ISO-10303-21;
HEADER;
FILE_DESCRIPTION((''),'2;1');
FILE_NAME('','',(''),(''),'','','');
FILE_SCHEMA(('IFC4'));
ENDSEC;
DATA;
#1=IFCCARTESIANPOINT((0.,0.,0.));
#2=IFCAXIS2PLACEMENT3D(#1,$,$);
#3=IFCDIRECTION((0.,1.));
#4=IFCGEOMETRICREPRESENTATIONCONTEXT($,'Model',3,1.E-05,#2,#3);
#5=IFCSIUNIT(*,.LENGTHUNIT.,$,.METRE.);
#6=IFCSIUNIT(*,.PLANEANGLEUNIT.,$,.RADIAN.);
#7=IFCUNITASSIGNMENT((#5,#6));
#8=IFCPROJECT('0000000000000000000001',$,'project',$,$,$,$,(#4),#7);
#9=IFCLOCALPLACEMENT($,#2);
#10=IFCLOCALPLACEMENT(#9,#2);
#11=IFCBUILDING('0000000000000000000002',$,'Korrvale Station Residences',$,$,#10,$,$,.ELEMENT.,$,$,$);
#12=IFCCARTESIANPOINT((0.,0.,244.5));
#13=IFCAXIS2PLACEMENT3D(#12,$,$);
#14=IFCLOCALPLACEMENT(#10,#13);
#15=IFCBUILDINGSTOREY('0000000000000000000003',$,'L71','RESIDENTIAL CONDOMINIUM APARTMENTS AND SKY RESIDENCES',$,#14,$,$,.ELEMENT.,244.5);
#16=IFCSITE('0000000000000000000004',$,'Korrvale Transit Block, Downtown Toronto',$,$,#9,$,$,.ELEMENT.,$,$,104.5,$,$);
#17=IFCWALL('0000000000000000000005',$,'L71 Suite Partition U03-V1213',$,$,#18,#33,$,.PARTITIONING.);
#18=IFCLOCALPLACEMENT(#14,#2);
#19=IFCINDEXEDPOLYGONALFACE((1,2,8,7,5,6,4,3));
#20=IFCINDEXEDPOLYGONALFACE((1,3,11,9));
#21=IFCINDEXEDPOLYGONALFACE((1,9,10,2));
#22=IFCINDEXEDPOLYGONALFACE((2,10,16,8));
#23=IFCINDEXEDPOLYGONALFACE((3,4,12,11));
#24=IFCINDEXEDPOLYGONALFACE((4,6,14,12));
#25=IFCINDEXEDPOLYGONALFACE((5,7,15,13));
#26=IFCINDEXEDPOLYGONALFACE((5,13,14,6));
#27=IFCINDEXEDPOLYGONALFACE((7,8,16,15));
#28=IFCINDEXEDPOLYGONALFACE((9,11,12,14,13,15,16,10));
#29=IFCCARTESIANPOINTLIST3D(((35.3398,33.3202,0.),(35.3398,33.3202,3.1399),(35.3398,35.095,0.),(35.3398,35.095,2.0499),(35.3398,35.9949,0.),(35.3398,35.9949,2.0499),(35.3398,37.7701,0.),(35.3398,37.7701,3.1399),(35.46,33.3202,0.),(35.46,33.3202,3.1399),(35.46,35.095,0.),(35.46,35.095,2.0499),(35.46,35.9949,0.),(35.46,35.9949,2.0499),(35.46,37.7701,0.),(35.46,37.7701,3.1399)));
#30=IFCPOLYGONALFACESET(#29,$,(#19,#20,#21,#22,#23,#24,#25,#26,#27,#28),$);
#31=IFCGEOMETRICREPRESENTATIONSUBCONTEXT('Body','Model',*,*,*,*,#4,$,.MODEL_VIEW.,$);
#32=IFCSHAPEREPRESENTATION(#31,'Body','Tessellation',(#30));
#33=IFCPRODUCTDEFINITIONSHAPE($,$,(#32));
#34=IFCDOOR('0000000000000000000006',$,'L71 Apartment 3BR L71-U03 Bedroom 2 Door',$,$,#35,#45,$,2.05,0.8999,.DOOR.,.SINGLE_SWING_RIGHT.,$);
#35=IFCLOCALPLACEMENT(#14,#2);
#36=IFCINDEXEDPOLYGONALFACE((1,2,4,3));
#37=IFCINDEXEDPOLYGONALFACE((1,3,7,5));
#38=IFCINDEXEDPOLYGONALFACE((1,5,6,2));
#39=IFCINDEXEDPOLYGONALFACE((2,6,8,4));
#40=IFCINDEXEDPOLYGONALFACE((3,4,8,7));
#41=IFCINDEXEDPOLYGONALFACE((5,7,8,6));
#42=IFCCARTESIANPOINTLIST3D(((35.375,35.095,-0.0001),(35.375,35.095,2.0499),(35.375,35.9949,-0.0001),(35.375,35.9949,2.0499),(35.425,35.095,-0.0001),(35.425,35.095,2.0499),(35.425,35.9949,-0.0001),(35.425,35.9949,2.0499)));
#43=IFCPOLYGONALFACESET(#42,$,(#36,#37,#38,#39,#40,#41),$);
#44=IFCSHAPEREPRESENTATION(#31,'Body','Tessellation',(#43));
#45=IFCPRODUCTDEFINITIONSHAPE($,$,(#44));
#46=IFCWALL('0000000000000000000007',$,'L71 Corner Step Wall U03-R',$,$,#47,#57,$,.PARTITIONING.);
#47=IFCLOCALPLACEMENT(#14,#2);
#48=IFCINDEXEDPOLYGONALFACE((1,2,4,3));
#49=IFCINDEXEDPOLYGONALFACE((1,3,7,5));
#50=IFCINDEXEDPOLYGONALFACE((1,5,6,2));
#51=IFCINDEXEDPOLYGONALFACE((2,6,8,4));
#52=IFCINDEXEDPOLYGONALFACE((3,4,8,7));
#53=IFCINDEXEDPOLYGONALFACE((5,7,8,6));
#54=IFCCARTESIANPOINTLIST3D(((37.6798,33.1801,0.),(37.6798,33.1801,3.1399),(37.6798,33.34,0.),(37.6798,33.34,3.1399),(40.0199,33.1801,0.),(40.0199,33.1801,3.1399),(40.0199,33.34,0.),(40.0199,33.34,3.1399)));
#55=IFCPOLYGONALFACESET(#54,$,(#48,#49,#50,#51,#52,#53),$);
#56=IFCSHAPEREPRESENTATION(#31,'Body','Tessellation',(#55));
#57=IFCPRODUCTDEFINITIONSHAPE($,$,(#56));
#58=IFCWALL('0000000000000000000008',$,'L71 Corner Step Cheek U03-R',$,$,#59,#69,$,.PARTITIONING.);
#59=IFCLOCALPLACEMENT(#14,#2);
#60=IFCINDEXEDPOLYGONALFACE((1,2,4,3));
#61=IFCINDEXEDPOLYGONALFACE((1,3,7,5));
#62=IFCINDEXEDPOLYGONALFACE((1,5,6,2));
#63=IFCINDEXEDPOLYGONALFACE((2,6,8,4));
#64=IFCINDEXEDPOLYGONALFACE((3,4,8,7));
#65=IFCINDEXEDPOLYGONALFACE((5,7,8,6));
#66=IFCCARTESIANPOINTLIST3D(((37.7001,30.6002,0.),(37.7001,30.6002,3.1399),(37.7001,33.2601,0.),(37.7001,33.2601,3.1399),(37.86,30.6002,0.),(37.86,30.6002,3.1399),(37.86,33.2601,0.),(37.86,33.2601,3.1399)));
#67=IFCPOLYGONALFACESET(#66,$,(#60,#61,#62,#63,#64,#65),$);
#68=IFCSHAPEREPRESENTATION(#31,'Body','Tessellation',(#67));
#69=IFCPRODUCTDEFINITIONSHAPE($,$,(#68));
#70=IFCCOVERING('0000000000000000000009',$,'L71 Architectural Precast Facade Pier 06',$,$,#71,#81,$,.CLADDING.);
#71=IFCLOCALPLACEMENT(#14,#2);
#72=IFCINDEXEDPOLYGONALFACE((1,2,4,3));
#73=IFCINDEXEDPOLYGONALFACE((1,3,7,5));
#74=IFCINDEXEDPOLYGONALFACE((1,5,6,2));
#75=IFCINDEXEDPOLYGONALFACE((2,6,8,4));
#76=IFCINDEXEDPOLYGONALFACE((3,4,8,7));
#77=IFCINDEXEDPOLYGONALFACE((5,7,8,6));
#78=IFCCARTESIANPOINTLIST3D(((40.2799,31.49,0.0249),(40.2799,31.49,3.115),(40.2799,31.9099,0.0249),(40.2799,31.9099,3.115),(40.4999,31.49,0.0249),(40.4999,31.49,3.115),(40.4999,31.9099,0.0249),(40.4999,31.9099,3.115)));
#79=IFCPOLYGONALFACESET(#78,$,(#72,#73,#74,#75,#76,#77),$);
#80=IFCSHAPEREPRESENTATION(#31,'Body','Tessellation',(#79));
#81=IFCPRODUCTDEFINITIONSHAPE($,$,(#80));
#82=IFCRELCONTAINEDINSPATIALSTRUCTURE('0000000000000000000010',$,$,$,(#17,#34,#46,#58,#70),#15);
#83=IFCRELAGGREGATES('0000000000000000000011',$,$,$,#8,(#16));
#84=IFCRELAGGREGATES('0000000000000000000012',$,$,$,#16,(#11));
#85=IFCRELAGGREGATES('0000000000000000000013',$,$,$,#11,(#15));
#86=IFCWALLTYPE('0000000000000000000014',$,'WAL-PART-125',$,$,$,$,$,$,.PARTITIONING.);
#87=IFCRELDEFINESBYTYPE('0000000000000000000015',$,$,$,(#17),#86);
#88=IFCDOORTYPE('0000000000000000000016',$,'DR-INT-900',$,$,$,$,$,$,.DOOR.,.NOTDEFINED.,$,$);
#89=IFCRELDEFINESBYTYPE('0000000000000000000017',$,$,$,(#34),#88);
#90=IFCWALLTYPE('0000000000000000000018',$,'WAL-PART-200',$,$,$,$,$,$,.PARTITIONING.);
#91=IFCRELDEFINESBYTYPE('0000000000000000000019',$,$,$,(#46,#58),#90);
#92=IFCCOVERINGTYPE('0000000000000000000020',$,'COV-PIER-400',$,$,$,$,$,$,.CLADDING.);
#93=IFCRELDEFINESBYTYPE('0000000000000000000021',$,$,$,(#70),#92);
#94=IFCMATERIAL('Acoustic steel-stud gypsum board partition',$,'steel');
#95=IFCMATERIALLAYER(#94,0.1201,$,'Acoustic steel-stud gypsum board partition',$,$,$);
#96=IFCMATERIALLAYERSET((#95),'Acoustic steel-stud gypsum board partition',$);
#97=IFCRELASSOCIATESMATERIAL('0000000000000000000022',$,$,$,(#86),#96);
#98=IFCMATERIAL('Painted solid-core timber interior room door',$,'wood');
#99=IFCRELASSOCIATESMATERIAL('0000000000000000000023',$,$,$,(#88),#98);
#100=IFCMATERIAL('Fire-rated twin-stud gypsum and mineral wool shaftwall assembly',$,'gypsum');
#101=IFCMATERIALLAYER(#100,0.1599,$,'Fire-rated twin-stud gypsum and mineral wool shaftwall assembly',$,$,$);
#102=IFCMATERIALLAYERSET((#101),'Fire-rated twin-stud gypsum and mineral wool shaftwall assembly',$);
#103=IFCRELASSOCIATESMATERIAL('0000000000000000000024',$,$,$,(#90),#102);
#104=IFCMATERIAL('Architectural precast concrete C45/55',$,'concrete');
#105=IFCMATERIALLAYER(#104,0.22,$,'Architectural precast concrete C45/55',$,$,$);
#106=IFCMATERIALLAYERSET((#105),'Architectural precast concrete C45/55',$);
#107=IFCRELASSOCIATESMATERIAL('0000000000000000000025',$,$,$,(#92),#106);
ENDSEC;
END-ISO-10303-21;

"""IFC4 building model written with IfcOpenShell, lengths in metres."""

from ifc_helpers import new_model, si_unit, direction, frame, frame_2d, origin, origin_2d, place, context, subcontext, project, spatial, rectangle, extrude, material, layer, layer_set, type_object, element, fill, save


model = new_model("IFC4")

# Units and contexts
model_context = context("Model", 3, precision=1e-05, world=origin(), true_north=direction((0.0, 1.0)))
body_context = subcontext(model_context, "Body", "Model", "MODEL_VIEW")
ifc_project = project(units=[si_unit("LENGTHUNIT", "METRE"), si_unit("PLANEANGLEUNIT", "RADIAN")], contexts=[model_context])

# Site, building, storey
site_placement = place(None, origin())
site = spatial("IfcSite", under=ifc_project, at=site_placement, Name="Korrvale Transit Block, Downtown Toronto", CompositionType="ELEMENT", RefElevation=104.5)
building_placement = place(site_placement, origin())
building = spatial("IfcBuilding", under=site, at=building_placement, Name="Korrvale Station Residences", CompositionType="ELEMENT")
storey_placement = place(building_placement, frame((0.0, 0.0, 244.5)))
storey = spatial("IfcBuildingStorey", under=building, at=storey_placement, Name="L71", Description="RESIDENTIAL CONDOMINIUM APARTMENTS AND SKY RESIDENCES", CompositionType="ELEMENT", Elevation=244.5)

# Wall, opening, door
ifc_material_1 = material(Name="Acoustic steel-stud gypsum board partition", Category="steel")
ifc_layer_1 = layer(ifc_material_1, 0.1201, Name="Acoustic steel-stud gypsum board partition")
ifc_layer_set_1 = layer_set([ifc_layer_1], Name="Acoustic steel-stud gypsum board partition")
wall_type_1 = type_object("IfcWallType", Name="WAL-PART-125", PredefinedType="PARTITIONING", material=ifc_layer_set_1)
ifc_material_2 = material(Name="Painted solid-core timber interior room door", Category="wood")
door_type = type_object("IfcDoorType", Name="DR-INT-900", OperationType="NOTDEFINED", PredefinedType="DOOR", material=ifc_material_2)
wall_1_placement = place(storey_placement, frame((35.3999, 33.3201, 0.0), z_axis=(0.0, 0.0, 1.0), x_axis=(0.0, 1.0, 0.0)))
wall_1 = element("IfcWall", 1, at=wall_1_placement, inside=storey, type_object=wall_type_1, Name="L71 Suite Partition U03-V1213", PredefinedType="PARTITIONING", context=body_context, shape_type="SweptSolid", body=[
    extrude(rectangle(XDim=4.45, YDim=0.1201, at=frame_2d((2.2251, 0.0))), origin(), (0.0, 0.0, 1.0), 3.1399),
])
opening_1_placement = place(wall_1_placement, frame((1.7749, 0.0, 0.0)))
opening_1 = element("IfcOpeningElement", 2, at=opening_1_placement, cuts=wall_1, PredefinedType="OPENING", context=body_context, shape_type="SweptSolid", body=[
    extrude(rectangle(XDim=0.8999, YDim=2.05, at=frame_2d((0.45, 1.0249))), frame((0.0, 0.0701, 0.0), z_axis=(0.0, -1.0, 0.0), x_axis=(1.0, 0.0, 0.0)), (0.0, 0.0, 1.0), 0.1401),
])
door_1_placement = place(opening_1_placement, origin())
door_1 = element("IfcDoor", 3, at=door_1_placement, inside=storey, type_object=door_type, Name="L71 Apartment 3BR L71-U03 Bedroom 2 Door", OperationType="SINGLE_SWING_RIGHT", OverallHeight=2.05, OverallWidth=0.8999, PredefinedType="DOOR", context=body_context, shape_type="SweptSolid", body=[
    extrude(rectangle(XDim=0.8999, YDim=2.05, at=frame_2d((0.45, 1.0249))), frame((0.0, 0.0249, 0.0), z_axis=(0.0, -1.0, 0.0), x_axis=(1.0, 0.0, 0.0)), (0.0, 0.0, 1.0), 0.05),
])
fill(opening_1, door_1)

# Walls
ifc_material_3 = material(Name="Fire-rated twin-stud gypsum and mineral wool shaftwall assembly", Category="gypsum")
ifc_layer_2 = layer(ifc_material_3, 0.1599, Name="Fire-rated twin-stud gypsum and mineral wool shaftwall assembly")
ifc_layer_set_2 = layer_set([ifc_layer_2], Name="Fire-rated twin-stud gypsum and mineral wool shaftwall assembly")
wall_type_2 = type_object("IfcWallType", Name="WAL-PART-200", PredefinedType="PARTITIONING", material=ifc_layer_set_2)
wall_2_placement = place(storey_placement, frame((37.6799, 33.26, 0.0), z_axis=(0.0, 0.0, 1.0), x_axis=(1.0, 0.0, 0.0)))
element("IfcWall", 4, at=wall_2_placement, inside=storey, type_object=wall_type_2, Name="L71 Corner Step Wall U03-R", PredefinedType="PARTITIONING", context=body_context, shape_type="SweptSolid", body=[
    extrude(rectangle(XDim=2.3401, YDim=0.1599, at=frame_2d((1.1699, 0.0))), origin(), (0.0, 0.0, 1.0), 3.1399),
])
wall_3_placement = place(storey_placement, frame((37.78, 30.6001, 0.0), z_axis=(0.0, 0.0, 1.0), x_axis=(0.0, 1.0, 0.0)))
element("IfcWall", 5, at=wall_3_placement, inside=storey, type_object=wall_type_2, Name="L71 Corner Step Cheek U03-R", PredefinedType="PARTITIONING", context=body_context, shape_type="SweptSolid", body=[
    extrude(rectangle(XDim=2.6599, YDim=0.1599, at=frame_2d((1.3301, 0.0))), origin(), (0.0, 0.0, 1.0), 3.1399),
])

# Covering
ifc_material_4 = material(Name="Architectural precast concrete C45/55", Category="concrete")
ifc_layer_3 = layer(ifc_material_4, 0.22, Name="Architectural precast concrete C45/55")
ifc_layer_set_3 = layer_set([ifc_layer_3], Name="Architectural precast concrete C45/55")
covering_type = type_object("IfcCoveringType", Name="COV-PIER-400", PredefinedType="CLADDING", material=ifc_layer_set_3)
covering_placement = place(storey_placement, frame((40.3899, 31.7, 0.0249), z_axis=(0.0, 0.0, 1.0), x_axis=(0.0, 1.0, 0.0)))
element("IfcCovering", 6, at=covering_placement, inside=storey, type_object=covering_type, Name="L71 Architectural Precast Facade Pier 06", PredefinedType="CLADDING", context=body_context, shape_type="SweptSolid", body=[
    extrude(rectangle(XDim=0.4199, YDim=0.22, at=origin_2d()), origin(), (0.0, 0.0, 1.0), 3.0901),
])

save(model, "model.ifc")
